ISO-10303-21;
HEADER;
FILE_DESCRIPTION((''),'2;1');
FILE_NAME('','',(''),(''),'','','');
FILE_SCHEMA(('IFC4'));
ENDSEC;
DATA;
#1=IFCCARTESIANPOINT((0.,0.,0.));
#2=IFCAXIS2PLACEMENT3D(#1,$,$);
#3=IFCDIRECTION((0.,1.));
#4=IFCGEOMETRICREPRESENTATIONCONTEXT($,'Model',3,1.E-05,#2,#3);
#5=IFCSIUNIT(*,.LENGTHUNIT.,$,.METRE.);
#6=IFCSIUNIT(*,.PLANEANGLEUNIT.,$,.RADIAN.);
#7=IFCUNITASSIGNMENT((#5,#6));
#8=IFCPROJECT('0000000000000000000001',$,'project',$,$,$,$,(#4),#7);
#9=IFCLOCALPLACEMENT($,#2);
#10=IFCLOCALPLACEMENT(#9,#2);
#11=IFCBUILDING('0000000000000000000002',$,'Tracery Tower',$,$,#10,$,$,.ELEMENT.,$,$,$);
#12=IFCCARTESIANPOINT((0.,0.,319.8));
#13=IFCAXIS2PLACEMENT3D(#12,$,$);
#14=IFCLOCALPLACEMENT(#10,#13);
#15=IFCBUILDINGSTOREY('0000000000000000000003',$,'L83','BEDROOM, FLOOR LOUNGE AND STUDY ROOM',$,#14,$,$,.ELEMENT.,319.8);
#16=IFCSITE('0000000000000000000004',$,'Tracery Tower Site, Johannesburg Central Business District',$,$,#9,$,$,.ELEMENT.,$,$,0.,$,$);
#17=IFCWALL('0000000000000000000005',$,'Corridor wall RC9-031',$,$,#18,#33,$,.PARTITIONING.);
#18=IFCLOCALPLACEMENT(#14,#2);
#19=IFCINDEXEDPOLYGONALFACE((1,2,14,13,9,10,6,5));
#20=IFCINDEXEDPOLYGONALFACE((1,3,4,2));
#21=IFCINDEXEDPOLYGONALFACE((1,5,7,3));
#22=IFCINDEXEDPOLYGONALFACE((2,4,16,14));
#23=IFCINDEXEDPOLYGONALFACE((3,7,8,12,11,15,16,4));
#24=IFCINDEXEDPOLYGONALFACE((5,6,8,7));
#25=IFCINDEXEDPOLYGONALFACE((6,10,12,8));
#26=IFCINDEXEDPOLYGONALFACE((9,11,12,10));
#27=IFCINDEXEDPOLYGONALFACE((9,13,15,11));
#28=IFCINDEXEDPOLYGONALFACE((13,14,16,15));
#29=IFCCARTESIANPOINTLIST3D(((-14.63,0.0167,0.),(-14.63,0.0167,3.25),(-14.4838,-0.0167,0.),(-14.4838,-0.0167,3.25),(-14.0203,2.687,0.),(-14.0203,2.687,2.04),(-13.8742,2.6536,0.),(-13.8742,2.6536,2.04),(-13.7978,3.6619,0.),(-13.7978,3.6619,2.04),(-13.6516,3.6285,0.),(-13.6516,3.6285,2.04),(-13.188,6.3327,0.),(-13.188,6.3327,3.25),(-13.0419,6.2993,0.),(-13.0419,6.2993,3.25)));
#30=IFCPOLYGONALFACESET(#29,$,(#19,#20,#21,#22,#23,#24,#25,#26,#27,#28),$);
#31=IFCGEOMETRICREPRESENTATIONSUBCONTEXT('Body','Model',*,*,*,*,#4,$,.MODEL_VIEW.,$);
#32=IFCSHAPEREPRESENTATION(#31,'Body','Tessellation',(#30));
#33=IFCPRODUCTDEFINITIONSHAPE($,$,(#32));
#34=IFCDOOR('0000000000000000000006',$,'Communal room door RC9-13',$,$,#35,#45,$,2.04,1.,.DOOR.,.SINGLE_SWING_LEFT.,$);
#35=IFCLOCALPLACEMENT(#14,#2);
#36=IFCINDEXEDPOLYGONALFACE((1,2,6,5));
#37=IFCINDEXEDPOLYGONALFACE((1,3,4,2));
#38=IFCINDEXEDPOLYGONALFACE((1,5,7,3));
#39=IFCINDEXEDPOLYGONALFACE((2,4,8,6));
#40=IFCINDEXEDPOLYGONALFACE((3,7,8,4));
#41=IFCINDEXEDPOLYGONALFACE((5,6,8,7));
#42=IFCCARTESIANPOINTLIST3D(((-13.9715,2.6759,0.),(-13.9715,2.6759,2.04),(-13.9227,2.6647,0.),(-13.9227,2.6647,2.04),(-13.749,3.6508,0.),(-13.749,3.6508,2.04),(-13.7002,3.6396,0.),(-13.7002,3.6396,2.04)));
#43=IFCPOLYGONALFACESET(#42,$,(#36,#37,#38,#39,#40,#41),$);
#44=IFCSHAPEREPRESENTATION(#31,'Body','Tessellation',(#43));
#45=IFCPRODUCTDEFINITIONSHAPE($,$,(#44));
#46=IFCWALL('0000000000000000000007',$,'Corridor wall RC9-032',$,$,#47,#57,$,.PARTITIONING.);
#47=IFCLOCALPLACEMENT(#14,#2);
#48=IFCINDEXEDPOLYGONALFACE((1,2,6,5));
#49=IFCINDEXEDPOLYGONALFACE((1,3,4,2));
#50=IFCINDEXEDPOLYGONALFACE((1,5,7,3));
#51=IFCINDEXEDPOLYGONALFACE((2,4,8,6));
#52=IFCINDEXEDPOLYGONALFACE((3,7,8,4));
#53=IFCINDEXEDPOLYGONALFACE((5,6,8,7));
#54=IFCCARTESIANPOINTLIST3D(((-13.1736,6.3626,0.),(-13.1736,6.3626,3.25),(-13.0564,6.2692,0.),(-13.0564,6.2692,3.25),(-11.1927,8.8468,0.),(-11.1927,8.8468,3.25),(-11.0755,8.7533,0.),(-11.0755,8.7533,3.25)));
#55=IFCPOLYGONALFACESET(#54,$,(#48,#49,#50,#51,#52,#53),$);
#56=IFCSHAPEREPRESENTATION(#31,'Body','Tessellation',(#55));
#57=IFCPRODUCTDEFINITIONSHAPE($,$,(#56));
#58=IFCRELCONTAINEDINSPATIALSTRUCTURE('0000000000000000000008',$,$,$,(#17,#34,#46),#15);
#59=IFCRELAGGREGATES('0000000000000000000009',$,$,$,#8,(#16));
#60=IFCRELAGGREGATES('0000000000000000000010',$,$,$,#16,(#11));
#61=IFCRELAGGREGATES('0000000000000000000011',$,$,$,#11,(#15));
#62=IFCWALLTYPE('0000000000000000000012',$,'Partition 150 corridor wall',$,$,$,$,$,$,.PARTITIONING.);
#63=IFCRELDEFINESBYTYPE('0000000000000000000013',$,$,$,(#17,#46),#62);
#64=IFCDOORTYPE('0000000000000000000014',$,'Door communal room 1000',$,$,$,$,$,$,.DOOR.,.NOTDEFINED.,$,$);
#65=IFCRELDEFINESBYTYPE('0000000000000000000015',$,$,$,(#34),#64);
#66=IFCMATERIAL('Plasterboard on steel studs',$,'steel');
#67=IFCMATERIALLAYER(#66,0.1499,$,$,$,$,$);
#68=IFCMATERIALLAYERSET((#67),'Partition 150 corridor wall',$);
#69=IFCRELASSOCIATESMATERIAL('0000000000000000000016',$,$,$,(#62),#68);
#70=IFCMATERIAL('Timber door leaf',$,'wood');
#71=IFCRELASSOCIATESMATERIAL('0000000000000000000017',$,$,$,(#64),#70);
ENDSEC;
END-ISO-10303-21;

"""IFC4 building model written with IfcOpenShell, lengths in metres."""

from ifc_helpers import new_model, si_unit, direction, frame, frame_2d, origin, place, context, subcontext, project, spatial, rectangle, extrude, material, layer, layer_set, type_object, element, fill, save


model = new_model("IFC4")

# Units and contexts
model_context = context("Model", 3, precision=1e-05, world=origin(), true_north=direction((0.0, 1.0)))
body_context = subcontext(model_context, "Body", "Model", "MODEL_VIEW")
ifc_project = project(units=[si_unit("LENGTHUNIT", "METRE"), si_unit("PLANEANGLEUNIT", "RADIAN")], contexts=[model_context])

# Site, building, storey
site_placement = place(None, origin())
site = spatial("IfcSite", under=ifc_project, at=site_placement, Name="Tracery Tower Site, Johannesburg Central Business District", CompositionType="ELEMENT", RefElevation=0.0)
building_placement = place(site_placement, origin())
building = spatial("IfcBuilding", under=site, at=building_placement, Name="Tracery Tower", CompositionType="ELEMENT")
storey_placement = place(building_placement, frame((0.0, 0.0, 319.8)))
storey = spatial("IfcBuildingStorey", under=building, at=storey_placement, Name="L83", Description="BEDROOM, FLOOR LOUNGE AND STUDY ROOM", CompositionType="ELEMENT", Elevation=319.8)

# Shared definitions
ifc_material_1 = material(Name="Plasterboard on steel studs", Category="steel")
ifc_layer_1 = layer(ifc_material_1, 0.1499)
ifc_layer_set_1 = layer_set([ifc_layer_1], Name="Partition 150 corridor wall")
wall_type_1 = type_object("IfcWallType", Name="Partition 150 corridor wall", PredefinedType="PARTITIONING", material=ifc_layer_set_1)

# Wall, opening, door
wall_1_placement = place(storey_placement, frame((-14.5569, 0.0, 0.0), z_axis=(0.0, 0.0, 1.0), x_axis=(0.222569, 0.974917, 0.0)))
wall_1 = element("IfcWall", 1, at=wall_1_placement, inside=storey, type_object=wall_type_1, Name="Corridor wall RC9-031", PredefinedType="PARTITIONING", context=body_context, shape_type="SweptSolid", body=[
    extrude(rectangle(XDim=6.4785, YDim=0.1499, at=frame_2d((3.2393, 0.0))), origin(), (0.0, 0.0, 1.0), 3.25),
])
opening_1_placement = place(wall_1_placement, frame((2.739, 0.0, 0.0)))
opening_1 = element("IfcOpeningElement", 2, at=opening_1_placement, cuts=wall_1, PredefinedType="OPENING", context=body_context, shape_type="SweptSolid", body=[
    extrude(rectangle(XDim=1.0, YDim=2.04, at=frame_2d((0.5, 1.02))), frame((0.0, 0.075, 0.0), z_axis=(0.0, -1.0, 0.0), x_axis=(1.0, 0.0, 0.0)), (0.0, 0.0, 1.0), 0.1499),
])
ifc_material_2 = material(Name="Timber door leaf", Category="wood")
door_type_1 = type_object("IfcDoorType", Name="Door communal room 1000", OperationType="NOTDEFINED", PredefinedType="DOOR", material=ifc_material_2)
door_1_placement = place(opening_1_placement, origin())
door_1 = element("IfcDoor", 3, at=door_1_placement, inside=storey, type_object=door_type_1, Name="Communal room door RC9-13", OperationType="SINGLE_SWING_LEFT", OverallHeight=2.04, OverallWidth=1.0, PredefinedType="DOOR", context=body_context, shape_type="SweptSolid", body=[
    extrude(rectangle(XDim=1.0, YDim=2.04, at=frame_2d((0.5, 1.02))), frame((0.0, 0.0249, 0.0), z_axis=(0.0, -1.0, 0.0), x_axis=(1.0, 0.0, 0.0)), (0.0, 0.0, 1.0), 0.05),
])
fill(opening_1, door_1)

# Wall
wall_2_placement = place(storey_placement, frame((-13.115, 6.3159, 0.0), z_axis=(0.0, 0.0, 1.0), x_axis=(0.623476, 0.781842, 0.0)))
element("IfcWall", 4, at=wall_2_placement, inside=storey, type_object=wall_type_1, Name="Corridor wall RC9-032", PredefinedType="PARTITIONING", context=body_context, shape_type="SweptSolid", body=[
    extrude(rectangle(XDim=3.1772, YDim=0.1499, at=frame_2d((1.5886, 0.0))), origin(), (0.0, 0.0, 1.0), 3.25),
])

save(model, "model.ifc")
